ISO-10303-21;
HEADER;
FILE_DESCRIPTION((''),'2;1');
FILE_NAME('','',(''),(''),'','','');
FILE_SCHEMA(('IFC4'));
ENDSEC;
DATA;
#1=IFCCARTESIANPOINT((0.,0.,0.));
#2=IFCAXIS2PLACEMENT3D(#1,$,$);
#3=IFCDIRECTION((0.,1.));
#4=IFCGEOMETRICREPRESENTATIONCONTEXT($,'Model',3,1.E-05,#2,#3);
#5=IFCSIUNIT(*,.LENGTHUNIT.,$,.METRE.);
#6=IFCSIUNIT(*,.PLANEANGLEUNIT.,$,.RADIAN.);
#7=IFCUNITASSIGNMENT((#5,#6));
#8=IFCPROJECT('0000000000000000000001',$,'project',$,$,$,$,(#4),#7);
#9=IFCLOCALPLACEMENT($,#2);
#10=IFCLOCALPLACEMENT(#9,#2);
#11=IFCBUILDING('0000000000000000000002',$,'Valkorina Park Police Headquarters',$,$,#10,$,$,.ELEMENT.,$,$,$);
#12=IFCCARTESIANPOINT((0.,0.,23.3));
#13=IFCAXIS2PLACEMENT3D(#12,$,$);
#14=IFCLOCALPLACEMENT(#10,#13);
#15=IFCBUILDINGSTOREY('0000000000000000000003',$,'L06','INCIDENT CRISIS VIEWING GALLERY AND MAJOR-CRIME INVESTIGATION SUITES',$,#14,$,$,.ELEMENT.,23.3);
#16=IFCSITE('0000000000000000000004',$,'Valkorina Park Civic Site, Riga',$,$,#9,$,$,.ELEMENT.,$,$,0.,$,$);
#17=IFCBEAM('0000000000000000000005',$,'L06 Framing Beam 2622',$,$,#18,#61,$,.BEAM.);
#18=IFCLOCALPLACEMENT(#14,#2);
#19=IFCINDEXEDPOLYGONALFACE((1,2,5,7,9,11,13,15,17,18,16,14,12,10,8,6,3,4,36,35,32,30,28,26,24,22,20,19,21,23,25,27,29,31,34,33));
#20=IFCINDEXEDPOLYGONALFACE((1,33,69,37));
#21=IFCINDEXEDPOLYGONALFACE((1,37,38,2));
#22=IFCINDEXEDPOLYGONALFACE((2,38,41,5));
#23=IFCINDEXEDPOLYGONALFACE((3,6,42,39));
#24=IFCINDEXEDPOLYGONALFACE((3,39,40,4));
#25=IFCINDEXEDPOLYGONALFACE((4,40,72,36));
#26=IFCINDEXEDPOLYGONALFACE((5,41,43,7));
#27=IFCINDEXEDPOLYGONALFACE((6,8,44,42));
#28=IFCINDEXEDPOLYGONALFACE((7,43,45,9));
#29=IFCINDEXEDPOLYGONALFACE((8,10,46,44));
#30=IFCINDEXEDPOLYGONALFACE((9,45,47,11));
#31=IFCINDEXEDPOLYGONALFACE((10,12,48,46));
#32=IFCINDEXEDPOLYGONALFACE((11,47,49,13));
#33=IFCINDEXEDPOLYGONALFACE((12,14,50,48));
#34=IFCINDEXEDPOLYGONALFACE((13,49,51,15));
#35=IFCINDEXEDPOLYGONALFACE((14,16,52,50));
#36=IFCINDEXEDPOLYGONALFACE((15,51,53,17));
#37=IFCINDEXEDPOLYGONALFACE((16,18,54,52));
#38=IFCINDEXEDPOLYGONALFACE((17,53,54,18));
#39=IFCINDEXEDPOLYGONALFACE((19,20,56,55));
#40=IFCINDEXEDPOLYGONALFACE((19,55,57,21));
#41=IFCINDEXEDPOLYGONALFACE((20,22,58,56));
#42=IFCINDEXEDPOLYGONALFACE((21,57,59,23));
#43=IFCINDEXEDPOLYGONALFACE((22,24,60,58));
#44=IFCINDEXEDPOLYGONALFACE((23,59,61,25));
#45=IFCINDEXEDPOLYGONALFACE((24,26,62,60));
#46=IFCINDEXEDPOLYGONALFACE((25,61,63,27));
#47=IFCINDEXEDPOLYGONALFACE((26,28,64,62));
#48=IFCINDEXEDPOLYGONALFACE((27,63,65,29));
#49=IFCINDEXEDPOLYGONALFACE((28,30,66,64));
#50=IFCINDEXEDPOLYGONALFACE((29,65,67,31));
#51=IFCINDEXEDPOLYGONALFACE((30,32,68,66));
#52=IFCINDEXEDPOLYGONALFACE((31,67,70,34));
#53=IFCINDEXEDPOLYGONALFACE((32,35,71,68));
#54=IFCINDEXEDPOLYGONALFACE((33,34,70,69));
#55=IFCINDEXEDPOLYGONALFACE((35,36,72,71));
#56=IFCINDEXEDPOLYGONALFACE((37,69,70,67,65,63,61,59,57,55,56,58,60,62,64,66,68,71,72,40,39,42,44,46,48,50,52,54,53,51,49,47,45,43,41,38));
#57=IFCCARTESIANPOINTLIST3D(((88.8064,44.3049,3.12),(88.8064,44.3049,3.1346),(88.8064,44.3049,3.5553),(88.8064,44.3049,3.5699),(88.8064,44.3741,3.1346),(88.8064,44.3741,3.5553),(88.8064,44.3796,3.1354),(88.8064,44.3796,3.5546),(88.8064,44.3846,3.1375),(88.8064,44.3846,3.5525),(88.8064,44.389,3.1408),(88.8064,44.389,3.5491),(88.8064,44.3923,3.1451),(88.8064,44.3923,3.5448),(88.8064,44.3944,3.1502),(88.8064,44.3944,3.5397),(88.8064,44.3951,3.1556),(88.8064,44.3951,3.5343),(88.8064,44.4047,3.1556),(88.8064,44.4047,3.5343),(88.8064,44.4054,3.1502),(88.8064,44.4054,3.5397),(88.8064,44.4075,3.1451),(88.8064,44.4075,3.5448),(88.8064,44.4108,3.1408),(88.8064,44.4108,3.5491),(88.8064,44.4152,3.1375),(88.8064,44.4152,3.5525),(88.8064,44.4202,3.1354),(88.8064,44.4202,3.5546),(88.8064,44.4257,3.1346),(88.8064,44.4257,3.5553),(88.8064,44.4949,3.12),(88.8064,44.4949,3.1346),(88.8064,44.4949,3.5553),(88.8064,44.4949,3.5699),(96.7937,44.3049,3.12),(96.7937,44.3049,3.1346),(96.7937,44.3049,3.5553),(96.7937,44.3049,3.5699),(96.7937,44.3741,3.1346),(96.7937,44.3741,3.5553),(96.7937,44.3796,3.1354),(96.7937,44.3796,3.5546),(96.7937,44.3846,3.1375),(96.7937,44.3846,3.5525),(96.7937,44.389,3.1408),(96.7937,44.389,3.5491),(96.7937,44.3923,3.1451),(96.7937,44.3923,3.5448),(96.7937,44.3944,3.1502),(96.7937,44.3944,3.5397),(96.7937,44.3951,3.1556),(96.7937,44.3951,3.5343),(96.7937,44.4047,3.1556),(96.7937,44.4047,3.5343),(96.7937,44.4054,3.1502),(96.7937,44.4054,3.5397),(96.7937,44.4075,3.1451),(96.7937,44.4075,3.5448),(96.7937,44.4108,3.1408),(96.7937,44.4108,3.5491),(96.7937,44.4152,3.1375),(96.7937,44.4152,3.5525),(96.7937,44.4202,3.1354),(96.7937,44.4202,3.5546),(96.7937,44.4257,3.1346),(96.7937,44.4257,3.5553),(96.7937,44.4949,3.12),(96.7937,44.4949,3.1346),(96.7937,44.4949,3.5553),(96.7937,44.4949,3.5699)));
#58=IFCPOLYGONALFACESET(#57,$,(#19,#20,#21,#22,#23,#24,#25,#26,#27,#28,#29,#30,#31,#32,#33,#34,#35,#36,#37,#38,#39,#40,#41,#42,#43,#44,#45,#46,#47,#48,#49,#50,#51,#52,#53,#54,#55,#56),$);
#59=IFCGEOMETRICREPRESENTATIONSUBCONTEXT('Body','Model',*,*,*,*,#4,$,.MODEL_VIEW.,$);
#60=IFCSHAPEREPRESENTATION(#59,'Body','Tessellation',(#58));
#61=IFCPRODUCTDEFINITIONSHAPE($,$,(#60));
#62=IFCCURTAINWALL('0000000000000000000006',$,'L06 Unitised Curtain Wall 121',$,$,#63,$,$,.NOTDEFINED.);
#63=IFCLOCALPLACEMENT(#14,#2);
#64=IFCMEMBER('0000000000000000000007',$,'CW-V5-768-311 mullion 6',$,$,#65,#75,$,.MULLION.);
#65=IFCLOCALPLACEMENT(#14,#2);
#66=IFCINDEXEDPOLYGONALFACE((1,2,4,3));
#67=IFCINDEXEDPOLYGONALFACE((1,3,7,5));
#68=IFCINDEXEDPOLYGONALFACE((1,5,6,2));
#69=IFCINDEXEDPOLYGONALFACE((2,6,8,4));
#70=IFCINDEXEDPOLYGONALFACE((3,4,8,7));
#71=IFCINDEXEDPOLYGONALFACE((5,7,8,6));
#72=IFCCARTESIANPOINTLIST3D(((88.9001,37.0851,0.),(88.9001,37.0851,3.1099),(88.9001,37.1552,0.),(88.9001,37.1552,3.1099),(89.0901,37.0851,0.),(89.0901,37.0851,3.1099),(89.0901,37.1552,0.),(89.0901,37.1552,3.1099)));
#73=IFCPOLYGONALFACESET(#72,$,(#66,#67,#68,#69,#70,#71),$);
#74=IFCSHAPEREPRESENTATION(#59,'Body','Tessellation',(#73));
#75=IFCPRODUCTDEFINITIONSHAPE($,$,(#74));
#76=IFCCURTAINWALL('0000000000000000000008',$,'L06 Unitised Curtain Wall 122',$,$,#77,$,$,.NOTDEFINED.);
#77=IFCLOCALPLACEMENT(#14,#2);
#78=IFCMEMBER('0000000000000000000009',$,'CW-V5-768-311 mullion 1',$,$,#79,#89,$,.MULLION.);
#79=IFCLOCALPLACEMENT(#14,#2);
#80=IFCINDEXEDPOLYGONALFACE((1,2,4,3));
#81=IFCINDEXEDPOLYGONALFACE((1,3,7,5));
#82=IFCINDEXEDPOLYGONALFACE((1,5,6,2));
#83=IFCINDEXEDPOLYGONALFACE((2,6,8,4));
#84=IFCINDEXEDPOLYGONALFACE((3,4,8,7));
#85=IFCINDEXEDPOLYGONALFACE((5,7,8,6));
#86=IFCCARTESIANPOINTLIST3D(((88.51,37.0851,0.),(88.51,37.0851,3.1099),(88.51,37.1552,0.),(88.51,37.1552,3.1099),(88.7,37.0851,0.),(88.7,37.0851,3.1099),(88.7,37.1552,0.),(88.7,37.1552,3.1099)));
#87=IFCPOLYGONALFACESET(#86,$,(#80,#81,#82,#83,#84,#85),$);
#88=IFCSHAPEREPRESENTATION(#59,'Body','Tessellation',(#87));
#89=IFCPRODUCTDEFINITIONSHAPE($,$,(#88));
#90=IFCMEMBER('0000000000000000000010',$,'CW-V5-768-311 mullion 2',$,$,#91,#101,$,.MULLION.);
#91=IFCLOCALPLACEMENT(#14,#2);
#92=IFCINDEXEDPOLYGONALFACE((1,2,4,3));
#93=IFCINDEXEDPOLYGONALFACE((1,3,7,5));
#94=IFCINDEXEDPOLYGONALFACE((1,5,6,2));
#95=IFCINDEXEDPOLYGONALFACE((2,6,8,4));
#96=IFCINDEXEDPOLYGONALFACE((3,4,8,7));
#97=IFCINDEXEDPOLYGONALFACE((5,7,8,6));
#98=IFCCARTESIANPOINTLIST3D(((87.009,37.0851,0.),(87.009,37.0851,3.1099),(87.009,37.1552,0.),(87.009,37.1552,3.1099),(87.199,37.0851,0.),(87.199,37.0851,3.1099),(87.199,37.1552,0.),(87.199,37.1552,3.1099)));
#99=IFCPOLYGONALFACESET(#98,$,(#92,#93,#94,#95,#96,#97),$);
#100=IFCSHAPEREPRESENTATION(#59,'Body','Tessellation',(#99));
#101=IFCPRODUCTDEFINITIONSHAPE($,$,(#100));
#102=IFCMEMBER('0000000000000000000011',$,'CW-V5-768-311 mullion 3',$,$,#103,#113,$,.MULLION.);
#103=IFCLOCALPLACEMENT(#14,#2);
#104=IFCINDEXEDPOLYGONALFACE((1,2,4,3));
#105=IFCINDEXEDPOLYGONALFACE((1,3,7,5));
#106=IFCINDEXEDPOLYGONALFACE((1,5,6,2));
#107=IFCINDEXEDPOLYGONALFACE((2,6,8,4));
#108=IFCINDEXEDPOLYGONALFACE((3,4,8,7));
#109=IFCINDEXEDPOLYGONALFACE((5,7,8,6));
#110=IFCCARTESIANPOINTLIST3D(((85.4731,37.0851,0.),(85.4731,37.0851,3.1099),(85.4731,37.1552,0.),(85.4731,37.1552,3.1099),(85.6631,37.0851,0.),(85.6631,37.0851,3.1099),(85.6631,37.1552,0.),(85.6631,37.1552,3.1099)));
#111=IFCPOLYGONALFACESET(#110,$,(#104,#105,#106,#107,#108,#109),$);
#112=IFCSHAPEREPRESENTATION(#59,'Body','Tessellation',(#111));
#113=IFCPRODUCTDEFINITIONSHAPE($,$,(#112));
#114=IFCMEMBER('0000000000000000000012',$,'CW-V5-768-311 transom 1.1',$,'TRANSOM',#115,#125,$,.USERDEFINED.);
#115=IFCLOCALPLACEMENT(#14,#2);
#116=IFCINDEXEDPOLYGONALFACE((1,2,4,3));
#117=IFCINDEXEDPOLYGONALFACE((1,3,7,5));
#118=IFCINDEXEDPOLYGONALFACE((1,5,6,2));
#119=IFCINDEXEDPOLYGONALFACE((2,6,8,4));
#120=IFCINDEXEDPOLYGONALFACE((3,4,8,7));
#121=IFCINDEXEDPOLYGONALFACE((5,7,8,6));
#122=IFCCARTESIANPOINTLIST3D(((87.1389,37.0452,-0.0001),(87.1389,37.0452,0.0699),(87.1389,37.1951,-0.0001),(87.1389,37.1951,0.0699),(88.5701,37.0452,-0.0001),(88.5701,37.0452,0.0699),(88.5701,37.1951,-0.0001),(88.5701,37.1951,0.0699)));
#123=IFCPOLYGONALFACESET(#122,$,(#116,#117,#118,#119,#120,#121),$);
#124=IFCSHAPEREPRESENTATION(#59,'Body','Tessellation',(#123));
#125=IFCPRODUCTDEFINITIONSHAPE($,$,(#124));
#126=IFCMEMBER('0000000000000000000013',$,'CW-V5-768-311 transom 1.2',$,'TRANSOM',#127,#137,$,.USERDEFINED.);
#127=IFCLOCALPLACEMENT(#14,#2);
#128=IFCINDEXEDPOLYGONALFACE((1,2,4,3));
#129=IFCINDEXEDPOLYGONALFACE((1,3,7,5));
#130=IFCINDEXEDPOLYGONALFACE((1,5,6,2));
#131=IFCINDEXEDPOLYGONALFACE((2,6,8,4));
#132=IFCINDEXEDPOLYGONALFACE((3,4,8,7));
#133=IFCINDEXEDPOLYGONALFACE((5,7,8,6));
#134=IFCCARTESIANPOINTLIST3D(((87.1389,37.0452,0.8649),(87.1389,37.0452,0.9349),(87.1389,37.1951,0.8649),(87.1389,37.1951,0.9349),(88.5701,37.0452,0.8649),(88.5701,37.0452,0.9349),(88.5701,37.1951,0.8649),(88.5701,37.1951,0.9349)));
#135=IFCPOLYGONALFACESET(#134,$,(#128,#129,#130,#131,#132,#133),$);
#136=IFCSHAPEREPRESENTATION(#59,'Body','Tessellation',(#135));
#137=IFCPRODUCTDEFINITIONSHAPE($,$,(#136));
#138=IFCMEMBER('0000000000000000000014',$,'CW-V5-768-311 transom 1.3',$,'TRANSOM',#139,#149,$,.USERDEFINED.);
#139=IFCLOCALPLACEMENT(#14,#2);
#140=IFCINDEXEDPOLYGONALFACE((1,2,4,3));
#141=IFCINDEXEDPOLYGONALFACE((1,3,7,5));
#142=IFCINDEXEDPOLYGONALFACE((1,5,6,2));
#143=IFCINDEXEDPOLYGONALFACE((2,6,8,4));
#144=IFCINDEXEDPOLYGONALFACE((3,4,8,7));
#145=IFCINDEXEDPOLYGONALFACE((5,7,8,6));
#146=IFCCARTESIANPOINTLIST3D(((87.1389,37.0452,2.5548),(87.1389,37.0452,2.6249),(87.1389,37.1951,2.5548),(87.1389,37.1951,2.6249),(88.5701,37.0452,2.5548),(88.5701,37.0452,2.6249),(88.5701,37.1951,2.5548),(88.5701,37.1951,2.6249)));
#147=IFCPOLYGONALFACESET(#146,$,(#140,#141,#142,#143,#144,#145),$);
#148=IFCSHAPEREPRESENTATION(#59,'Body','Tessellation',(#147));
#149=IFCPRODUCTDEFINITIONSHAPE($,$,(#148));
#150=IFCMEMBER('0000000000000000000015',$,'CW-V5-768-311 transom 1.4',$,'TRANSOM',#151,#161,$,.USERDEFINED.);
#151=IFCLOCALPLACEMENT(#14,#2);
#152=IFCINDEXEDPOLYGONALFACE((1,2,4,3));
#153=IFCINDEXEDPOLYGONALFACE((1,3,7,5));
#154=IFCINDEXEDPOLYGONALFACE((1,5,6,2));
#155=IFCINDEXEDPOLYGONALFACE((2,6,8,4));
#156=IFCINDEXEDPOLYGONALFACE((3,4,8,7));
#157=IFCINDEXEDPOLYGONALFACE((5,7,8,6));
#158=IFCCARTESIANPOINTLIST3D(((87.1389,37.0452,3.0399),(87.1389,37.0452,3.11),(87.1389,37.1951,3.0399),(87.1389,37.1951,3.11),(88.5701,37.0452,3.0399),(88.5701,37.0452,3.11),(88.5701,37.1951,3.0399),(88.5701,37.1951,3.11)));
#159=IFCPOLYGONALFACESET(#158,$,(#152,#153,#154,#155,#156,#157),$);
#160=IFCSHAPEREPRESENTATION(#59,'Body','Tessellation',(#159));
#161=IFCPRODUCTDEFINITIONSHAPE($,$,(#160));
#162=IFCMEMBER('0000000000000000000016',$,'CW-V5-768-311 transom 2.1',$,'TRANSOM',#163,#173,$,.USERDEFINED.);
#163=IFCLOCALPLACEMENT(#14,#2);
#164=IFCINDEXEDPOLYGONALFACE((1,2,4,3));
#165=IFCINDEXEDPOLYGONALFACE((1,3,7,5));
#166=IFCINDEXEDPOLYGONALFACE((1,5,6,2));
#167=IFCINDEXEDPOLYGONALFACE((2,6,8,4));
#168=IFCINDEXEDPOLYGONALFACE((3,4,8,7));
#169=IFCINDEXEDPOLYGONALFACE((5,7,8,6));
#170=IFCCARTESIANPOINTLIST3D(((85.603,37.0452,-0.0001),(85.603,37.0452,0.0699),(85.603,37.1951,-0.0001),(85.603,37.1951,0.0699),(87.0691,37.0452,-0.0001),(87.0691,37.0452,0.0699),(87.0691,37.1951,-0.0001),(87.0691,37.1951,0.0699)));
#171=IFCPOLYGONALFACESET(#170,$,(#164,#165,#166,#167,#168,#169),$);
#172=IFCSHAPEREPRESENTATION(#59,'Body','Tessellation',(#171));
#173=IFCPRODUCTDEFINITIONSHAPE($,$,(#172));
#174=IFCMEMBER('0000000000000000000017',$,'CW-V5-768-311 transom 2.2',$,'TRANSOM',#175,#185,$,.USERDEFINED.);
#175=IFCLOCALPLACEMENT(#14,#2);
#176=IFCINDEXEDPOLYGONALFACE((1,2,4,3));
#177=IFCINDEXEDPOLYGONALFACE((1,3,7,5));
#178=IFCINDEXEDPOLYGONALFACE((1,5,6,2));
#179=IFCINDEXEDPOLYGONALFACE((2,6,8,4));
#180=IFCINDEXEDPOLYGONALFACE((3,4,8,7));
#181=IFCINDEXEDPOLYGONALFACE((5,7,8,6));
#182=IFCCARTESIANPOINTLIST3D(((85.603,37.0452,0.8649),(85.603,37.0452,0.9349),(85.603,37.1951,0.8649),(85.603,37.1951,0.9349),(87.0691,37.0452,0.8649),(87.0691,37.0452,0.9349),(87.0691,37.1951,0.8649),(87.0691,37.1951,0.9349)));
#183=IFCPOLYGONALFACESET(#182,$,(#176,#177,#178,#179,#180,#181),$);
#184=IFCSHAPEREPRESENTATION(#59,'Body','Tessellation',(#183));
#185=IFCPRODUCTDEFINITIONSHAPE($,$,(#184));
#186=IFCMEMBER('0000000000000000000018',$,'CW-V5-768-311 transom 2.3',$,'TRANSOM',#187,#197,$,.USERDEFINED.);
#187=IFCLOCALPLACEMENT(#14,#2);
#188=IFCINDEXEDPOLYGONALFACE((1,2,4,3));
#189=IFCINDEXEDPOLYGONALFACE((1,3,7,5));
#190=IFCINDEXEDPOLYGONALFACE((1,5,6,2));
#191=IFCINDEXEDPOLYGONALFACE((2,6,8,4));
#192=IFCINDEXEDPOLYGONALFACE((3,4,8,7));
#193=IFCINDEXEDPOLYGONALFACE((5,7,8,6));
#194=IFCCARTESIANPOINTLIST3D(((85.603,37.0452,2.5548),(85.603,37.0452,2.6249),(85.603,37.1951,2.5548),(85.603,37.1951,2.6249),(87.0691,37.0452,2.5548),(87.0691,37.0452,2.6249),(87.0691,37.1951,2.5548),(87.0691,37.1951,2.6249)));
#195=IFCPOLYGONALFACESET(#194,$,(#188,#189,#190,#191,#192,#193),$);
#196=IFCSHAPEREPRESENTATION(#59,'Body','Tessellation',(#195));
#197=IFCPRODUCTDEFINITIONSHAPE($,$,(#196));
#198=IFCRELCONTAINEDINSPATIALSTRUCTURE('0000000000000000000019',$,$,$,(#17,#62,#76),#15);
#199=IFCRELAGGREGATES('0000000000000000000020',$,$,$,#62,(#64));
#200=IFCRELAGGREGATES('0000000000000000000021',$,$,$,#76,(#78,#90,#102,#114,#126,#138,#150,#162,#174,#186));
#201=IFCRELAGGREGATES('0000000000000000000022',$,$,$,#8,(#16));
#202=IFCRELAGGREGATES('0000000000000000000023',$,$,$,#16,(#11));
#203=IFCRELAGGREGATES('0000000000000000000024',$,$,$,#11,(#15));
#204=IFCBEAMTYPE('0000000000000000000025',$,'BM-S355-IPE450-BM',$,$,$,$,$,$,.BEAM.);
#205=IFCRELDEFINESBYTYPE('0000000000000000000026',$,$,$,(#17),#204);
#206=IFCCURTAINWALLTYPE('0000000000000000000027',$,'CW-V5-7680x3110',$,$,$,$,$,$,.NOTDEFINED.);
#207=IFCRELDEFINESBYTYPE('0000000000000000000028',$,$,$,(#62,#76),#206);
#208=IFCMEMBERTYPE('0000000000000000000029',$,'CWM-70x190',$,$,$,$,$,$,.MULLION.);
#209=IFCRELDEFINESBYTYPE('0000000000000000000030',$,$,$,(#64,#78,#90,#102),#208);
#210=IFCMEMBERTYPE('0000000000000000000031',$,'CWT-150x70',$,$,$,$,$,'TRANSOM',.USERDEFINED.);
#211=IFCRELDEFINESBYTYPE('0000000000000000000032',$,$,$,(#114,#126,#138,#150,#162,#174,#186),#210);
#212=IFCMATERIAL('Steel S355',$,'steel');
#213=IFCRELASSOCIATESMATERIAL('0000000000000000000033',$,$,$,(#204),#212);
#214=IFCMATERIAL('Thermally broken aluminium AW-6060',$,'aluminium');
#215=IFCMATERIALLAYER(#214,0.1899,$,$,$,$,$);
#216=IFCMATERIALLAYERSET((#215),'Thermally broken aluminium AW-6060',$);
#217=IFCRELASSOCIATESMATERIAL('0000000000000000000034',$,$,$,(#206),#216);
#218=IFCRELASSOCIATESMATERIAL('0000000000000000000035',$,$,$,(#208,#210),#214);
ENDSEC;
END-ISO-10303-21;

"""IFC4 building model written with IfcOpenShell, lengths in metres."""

from ifc_helpers import new_model, si_unit, direction, frame, origin, origin_2d, place, context, subcontext, project, spatial, rectangle, i_section, extrude, material, layer, layer_set, material_profile, profile_set, type_object, element, aggregate, save


model = new_model("IFC4")

# Units and contexts
model_context = context("Model", 3, precision=1e-05, world=origin(), true_north=direction((0.0, 1.0)))
body_context = subcontext(model_context, "Body", "Model", "MODEL_VIEW")
ifc_project = project(units=[si_unit("LENGTHUNIT", "METRE"), si_unit("PLANEANGLEUNIT", "RADIAN")], contexts=[model_context])

# Site, building, storey
site_placement = place(None, origin())
site = spatial("IfcSite", under=ifc_project, at=site_placement, Name="Valkorina Park Civic Site, Riga", CompositionType="ELEMENT", RefElevation=0.0)
building_placement = place(site_placement, origin())
building = spatial("IfcBuilding", under=site, at=building_placement, Name="Valkorina Park Police Headquarters", CompositionType="ELEMENT")
storey_placement = place(building_placement, frame((0.0, 0.0, 23.3)))
storey = spatial("IfcBuildingStorey", under=building, at=storey_placement, Name="L06", Description="INCIDENT CRISIS VIEWING GALLERY AND MAJOR-CRIME INVESTIGATION SUITES", CompositionType="ELEMENT", Elevation=23.3)

# Shared definitions
ifc_material_1 = material(Name="Steel S355", Category="steel")

# Beam
ifc_material_profile_1 = material_profile(ifc_material_1, i_section(OverallWidth=0.1899, OverallDepth=0.45, WebThickness=0.0095, FlangeThickness=0.0146, FilletRadius=0.021, at=origin_2d()), Name="IPE 450")
ifc_profile_set_1 = profile_set([ifc_material_profile_1], Name="Steel S355")
beam_type_1 = type_object("IfcBeamType", Name="BM-S355-IPE450-BM", PredefinedType="BEAM", material=ifc_profile_set_1)
beam_placement = place(storey_placement, frame((88.8064, 44.3999, 3.345), z_axis=(1.0, 0.0, 0.0), x_axis=(0.0, 1.0, 0.0)))
element("IfcBeam", 1, at=beam_placement, inside=storey, type_object=beam_type_1, Name="L06 Framing Beam 2622", PredefinedType="BEAM", context=body_context, shape_type="SweptSolid", body=[
    extrude(i_section(OverallWidth=0.1899, OverallDepth=0.45, WebThickness=0.0095, FlangeThickness=0.0146, FilletRadius=0.021, at=origin_2d()), origin(), (0.0, 0.0, 1.0), 7.9873),
])

# Curtain wall, member
ifc_material_2 = material(Name="Thermally broken aluminium AW-6060", Category="aluminium")
ifc_layer_1 = layer(ifc_material_2, 0.1899)
ifc_layer_set_1 = layer_set([ifc_layer_1], Name="Thermally broken aluminium AW-6060")
curtain_wall_type = type_object("IfcCurtainWallType", Name="CW-V5-7680x3110", PredefinedType="NOTDEFINED", material=ifc_layer_set_1)
curtain_wall_1_placement = place(storey_placement, origin())
curtain_wall_1 = element("IfcCurtainWall", 2, at=curtain_wall_1_placement, inside=storey, type_object=curtain_wall_type, Name="L06 Unitised Curtain Wall 121", PredefinedType="NOTDEFINED")
ifc_material_profile_2 = material_profile(ifc_material_2, rectangle(XDim=0.0701, YDim=0.1899, at=origin_2d()), Name="CWM-02 70x190")
ifc_profile_set_2 = profile_set([ifc_material_profile_2], Name="Thermally broken aluminium AW-6060")
member_type_1 = type_object("IfcMemberType", Name="CWM-70x190", PredefinedType="MULLION", material=ifc_profile_set_2)
member_1_placement = place(storey_placement, frame((88.9951, 37.1201, 0.0), z_axis=(0.0, 0.0, 1.0), x_axis=(0.0, -1.0, 0.0)))
member_1 = element("IfcMember", 3, at=member_1_placement, type_object=member_type_1, Name="CW-V5-768-311 mullion 6", PredefinedType="MULLION", context=body_context, shape_type="SweptSolid", body=[
    extrude(rectangle(XDim=0.0701, YDim=0.1899, at=origin_2d()), origin(), (0.0, 0.0, 1.0), 3.1099),
])

# Curtain wall, members
curtain_wall_2_placement = place(storey_placement, origin())
curtain_wall_2 = element("IfcCurtainWall", 4, at=curtain_wall_2_placement, inside=storey, type_object=curtain_wall_type, Name="L06 Unitised Curtain Wall 122", PredefinedType="NOTDEFINED")
member_2_placement = place(storey_placement, frame((88.605, 37.1201, 0.0), z_axis=(0.0, 0.0, 1.0), x_axis=(0.0, -1.0, 0.0)))
member_2 = element("IfcMember", 5, at=member_2_placement, type_object=member_type_1, Name="CW-V5-768-311 mullion 1", PredefinedType="MULLION", context=body_context, shape_type="SweptSolid", body=[
    extrude(rectangle(XDim=0.0701, YDim=0.1899, at=origin_2d()), origin(), (0.0, 0.0, 1.0), 3.1099),
])
member_3_placement = place(storey_placement, frame((87.104, 37.1201, 0.0), z_axis=(0.0, 0.0, 1.0), x_axis=(0.0, -1.0, 0.0)))
member_3 = element("IfcMember", 6, at=member_3_placement, type_object=member_type_1, Name="CW-V5-768-311 mullion 2", PredefinedType="MULLION", context=body_context, shape_type="SweptSolid", body=[
    extrude(rectangle(XDim=0.0701, YDim=0.1899, at=origin_2d()), origin(), (0.0, 0.0, 1.0), 3.1099),
])
member_4_placement = place(storey_placement, frame((85.5681, 37.1201, 0.0), z_axis=(0.0, 0.0, 1.0), x_axis=(0.0, -1.0, 0.0)))
member_4 = element("IfcMember", 7, at=member_4_placement, type_object=member_type_1, Name="CW-V5-768-311 mullion 3", PredefinedType="MULLION", context=body_context, shape_type="SweptSolid", body=[
    extrude(rectangle(XDim=0.0701, YDim=0.1899, at=origin_2d()), origin(), (0.0, 0.0, 1.0), 3.1099),
])
ifc_material_profile_3 = material_profile(ifc_material_2, rectangle(XDim=0.1499, YDim=0.0701, at=origin_2d()), Name="CWT-02 150x70")
ifc_profile_set_3 = profile_set([ifc_material_profile_3], Name="Thermally broken aluminium AW-6060")
member_type_2 = type_object("IfcMemberType", Name="CWT-150x70", ElementType="TRANSOM", PredefinedType="USERDEFINED", material=ifc_profile_set_3)
member_5_placement = place(storey_placement, frame((88.5701, 37.1201, 0.0349), z_axis=(-1.0, 0.0, 0.0), x_axis=(0.0, -1.0, 0.0)))
member_5 = element("IfcMember", 8, at=member_5_placement, type_object=member_type_2, Name="CW-V5-768-311 transom 1.1", ObjectType="TRANSOM", PredefinedType="USERDEFINED", context=body_context, shape_type="SweptSolid", body=[
    extrude(rectangle(XDim=0.1499, YDim=0.0701, at=origin_2d()), origin(), (0.0, 0.0, 1.0), 1.4312),
])
member_6_placement = place(storey_placement, frame((88.5701, 37.1201, 0.8999), z_axis=(-1.0, 0.0, 0.0), x_axis=(0.0, -1.0, 0.0)))
member_6 = element("IfcMember", 9, at=member_6_placement, type_object=member_type_2, Name="CW-V5-768-311 transom 1.2", ObjectType="TRANSOM", PredefinedType="USERDEFINED", context=body_context, shape_type="SweptSolid", body=[
    extrude(rectangle(XDim=0.1499, YDim=0.0701, at=origin_2d()), origin(), (0.0, 0.0, 1.0), 1.4312),
])
member_7_placement = place(storey_placement, frame((88.5701, 37.1201, 2.5898), z_axis=(-1.0, 0.0, 0.0), x_axis=(0.0, -1.0, 0.0)))
member_7 = element("IfcMember", 10, at=member_7_placement, type_object=member_type_2, Name="CW-V5-768-311 transom 1.3", ObjectType="TRANSOM", PredefinedType="USERDEFINED", context=body_context, shape_type="SweptSolid", body=[
    extrude(rectangle(XDim=0.1499, YDim=0.0701, at=origin_2d()), origin(), (0.0, 0.0, 1.0), 1.4312),
])
member_8_placement = place(storey_placement, frame((88.5701, 37.1201, 3.075), z_axis=(-1.0, 0.0, 0.0), x_axis=(0.0, -1.0, 0.0)))
member_8 = element("IfcMember", 11, at=member_8_placement, type_object=member_type_2, Name="CW-V5-768-311 transom 1.4", ObjectType="TRANSOM", PredefinedType="USERDEFINED", context=body_context, shape_type="SweptSolid", body=[
    extrude(rectangle(XDim=0.1499, YDim=0.0701, at=origin_2d()), origin(), (0.0, 0.0, 1.0), 1.4312),
])
member_9_placement = place(storey_placement, frame((87.0691, 37.1201, 0.0349), z_axis=(-1.0, 0.0, 0.0), x_axis=(0.0, -1.0, 0.0)))
member_9 = element("IfcMember", 12, at=member_9_placement, type_object=member_type_2, Name="CW-V5-768-311 transom 2.1", ObjectType="TRANSOM", PredefinedType="USERDEFINED", context=body_context, shape_type="SweptSolid", body=[
    extrude(rectangle(XDim=0.1499, YDim=0.0701, at=origin_2d()), origin(), (0.0, 0.0, 1.0), 1.4661),
])
member_10_placement = place(storey_placement, frame((87.0691, 37.1201, 0.8999), z_axis=(-1.0, 0.0, 0.0), x_axis=(0.0, -1.0, 0.0)))
member_10 = element("IfcMember", 13, at=member_10_placement, type_object=member_type_2, Name="CW-V5-768-311 transom 2.2", ObjectType="TRANSOM", PredefinedType="USERDEFINED", context=body_context, shape_type="SweptSolid", body=[
    extrude(rectangle(XDim=0.1499, YDim=0.0701, at=origin_2d()), origin(), (0.0, 0.0, 1.0), 1.4661),
])
member_11_placement = place(storey_placement, frame((87.0691, 37.1201, 2.5898), z_axis=(-1.0, 0.0, 0.0), x_axis=(0.0, -1.0, 0.0)))
member_11 = element("IfcMember", 14, at=member_11_placement, type_object=member_type_2, Name="CW-V5-768-311 transom 2.3", ObjectType="TRANSOM", PredefinedType="USERDEFINED", context=body_context, shape_type="SweptSolid", body=[
    extrude(rectangle(XDim=0.1499, YDim=0.0701, at=origin_2d()), origin(), (0.0, 0.0, 1.0), 1.4661),
])

aggregate(curtain_wall_1, [member_1])
aggregate(curtain_wall_2, [member_2, member_3, member_4, member_5, member_6, member_7, member_8, member_9, member_10, member_11])

save(model, "model.ifc")
